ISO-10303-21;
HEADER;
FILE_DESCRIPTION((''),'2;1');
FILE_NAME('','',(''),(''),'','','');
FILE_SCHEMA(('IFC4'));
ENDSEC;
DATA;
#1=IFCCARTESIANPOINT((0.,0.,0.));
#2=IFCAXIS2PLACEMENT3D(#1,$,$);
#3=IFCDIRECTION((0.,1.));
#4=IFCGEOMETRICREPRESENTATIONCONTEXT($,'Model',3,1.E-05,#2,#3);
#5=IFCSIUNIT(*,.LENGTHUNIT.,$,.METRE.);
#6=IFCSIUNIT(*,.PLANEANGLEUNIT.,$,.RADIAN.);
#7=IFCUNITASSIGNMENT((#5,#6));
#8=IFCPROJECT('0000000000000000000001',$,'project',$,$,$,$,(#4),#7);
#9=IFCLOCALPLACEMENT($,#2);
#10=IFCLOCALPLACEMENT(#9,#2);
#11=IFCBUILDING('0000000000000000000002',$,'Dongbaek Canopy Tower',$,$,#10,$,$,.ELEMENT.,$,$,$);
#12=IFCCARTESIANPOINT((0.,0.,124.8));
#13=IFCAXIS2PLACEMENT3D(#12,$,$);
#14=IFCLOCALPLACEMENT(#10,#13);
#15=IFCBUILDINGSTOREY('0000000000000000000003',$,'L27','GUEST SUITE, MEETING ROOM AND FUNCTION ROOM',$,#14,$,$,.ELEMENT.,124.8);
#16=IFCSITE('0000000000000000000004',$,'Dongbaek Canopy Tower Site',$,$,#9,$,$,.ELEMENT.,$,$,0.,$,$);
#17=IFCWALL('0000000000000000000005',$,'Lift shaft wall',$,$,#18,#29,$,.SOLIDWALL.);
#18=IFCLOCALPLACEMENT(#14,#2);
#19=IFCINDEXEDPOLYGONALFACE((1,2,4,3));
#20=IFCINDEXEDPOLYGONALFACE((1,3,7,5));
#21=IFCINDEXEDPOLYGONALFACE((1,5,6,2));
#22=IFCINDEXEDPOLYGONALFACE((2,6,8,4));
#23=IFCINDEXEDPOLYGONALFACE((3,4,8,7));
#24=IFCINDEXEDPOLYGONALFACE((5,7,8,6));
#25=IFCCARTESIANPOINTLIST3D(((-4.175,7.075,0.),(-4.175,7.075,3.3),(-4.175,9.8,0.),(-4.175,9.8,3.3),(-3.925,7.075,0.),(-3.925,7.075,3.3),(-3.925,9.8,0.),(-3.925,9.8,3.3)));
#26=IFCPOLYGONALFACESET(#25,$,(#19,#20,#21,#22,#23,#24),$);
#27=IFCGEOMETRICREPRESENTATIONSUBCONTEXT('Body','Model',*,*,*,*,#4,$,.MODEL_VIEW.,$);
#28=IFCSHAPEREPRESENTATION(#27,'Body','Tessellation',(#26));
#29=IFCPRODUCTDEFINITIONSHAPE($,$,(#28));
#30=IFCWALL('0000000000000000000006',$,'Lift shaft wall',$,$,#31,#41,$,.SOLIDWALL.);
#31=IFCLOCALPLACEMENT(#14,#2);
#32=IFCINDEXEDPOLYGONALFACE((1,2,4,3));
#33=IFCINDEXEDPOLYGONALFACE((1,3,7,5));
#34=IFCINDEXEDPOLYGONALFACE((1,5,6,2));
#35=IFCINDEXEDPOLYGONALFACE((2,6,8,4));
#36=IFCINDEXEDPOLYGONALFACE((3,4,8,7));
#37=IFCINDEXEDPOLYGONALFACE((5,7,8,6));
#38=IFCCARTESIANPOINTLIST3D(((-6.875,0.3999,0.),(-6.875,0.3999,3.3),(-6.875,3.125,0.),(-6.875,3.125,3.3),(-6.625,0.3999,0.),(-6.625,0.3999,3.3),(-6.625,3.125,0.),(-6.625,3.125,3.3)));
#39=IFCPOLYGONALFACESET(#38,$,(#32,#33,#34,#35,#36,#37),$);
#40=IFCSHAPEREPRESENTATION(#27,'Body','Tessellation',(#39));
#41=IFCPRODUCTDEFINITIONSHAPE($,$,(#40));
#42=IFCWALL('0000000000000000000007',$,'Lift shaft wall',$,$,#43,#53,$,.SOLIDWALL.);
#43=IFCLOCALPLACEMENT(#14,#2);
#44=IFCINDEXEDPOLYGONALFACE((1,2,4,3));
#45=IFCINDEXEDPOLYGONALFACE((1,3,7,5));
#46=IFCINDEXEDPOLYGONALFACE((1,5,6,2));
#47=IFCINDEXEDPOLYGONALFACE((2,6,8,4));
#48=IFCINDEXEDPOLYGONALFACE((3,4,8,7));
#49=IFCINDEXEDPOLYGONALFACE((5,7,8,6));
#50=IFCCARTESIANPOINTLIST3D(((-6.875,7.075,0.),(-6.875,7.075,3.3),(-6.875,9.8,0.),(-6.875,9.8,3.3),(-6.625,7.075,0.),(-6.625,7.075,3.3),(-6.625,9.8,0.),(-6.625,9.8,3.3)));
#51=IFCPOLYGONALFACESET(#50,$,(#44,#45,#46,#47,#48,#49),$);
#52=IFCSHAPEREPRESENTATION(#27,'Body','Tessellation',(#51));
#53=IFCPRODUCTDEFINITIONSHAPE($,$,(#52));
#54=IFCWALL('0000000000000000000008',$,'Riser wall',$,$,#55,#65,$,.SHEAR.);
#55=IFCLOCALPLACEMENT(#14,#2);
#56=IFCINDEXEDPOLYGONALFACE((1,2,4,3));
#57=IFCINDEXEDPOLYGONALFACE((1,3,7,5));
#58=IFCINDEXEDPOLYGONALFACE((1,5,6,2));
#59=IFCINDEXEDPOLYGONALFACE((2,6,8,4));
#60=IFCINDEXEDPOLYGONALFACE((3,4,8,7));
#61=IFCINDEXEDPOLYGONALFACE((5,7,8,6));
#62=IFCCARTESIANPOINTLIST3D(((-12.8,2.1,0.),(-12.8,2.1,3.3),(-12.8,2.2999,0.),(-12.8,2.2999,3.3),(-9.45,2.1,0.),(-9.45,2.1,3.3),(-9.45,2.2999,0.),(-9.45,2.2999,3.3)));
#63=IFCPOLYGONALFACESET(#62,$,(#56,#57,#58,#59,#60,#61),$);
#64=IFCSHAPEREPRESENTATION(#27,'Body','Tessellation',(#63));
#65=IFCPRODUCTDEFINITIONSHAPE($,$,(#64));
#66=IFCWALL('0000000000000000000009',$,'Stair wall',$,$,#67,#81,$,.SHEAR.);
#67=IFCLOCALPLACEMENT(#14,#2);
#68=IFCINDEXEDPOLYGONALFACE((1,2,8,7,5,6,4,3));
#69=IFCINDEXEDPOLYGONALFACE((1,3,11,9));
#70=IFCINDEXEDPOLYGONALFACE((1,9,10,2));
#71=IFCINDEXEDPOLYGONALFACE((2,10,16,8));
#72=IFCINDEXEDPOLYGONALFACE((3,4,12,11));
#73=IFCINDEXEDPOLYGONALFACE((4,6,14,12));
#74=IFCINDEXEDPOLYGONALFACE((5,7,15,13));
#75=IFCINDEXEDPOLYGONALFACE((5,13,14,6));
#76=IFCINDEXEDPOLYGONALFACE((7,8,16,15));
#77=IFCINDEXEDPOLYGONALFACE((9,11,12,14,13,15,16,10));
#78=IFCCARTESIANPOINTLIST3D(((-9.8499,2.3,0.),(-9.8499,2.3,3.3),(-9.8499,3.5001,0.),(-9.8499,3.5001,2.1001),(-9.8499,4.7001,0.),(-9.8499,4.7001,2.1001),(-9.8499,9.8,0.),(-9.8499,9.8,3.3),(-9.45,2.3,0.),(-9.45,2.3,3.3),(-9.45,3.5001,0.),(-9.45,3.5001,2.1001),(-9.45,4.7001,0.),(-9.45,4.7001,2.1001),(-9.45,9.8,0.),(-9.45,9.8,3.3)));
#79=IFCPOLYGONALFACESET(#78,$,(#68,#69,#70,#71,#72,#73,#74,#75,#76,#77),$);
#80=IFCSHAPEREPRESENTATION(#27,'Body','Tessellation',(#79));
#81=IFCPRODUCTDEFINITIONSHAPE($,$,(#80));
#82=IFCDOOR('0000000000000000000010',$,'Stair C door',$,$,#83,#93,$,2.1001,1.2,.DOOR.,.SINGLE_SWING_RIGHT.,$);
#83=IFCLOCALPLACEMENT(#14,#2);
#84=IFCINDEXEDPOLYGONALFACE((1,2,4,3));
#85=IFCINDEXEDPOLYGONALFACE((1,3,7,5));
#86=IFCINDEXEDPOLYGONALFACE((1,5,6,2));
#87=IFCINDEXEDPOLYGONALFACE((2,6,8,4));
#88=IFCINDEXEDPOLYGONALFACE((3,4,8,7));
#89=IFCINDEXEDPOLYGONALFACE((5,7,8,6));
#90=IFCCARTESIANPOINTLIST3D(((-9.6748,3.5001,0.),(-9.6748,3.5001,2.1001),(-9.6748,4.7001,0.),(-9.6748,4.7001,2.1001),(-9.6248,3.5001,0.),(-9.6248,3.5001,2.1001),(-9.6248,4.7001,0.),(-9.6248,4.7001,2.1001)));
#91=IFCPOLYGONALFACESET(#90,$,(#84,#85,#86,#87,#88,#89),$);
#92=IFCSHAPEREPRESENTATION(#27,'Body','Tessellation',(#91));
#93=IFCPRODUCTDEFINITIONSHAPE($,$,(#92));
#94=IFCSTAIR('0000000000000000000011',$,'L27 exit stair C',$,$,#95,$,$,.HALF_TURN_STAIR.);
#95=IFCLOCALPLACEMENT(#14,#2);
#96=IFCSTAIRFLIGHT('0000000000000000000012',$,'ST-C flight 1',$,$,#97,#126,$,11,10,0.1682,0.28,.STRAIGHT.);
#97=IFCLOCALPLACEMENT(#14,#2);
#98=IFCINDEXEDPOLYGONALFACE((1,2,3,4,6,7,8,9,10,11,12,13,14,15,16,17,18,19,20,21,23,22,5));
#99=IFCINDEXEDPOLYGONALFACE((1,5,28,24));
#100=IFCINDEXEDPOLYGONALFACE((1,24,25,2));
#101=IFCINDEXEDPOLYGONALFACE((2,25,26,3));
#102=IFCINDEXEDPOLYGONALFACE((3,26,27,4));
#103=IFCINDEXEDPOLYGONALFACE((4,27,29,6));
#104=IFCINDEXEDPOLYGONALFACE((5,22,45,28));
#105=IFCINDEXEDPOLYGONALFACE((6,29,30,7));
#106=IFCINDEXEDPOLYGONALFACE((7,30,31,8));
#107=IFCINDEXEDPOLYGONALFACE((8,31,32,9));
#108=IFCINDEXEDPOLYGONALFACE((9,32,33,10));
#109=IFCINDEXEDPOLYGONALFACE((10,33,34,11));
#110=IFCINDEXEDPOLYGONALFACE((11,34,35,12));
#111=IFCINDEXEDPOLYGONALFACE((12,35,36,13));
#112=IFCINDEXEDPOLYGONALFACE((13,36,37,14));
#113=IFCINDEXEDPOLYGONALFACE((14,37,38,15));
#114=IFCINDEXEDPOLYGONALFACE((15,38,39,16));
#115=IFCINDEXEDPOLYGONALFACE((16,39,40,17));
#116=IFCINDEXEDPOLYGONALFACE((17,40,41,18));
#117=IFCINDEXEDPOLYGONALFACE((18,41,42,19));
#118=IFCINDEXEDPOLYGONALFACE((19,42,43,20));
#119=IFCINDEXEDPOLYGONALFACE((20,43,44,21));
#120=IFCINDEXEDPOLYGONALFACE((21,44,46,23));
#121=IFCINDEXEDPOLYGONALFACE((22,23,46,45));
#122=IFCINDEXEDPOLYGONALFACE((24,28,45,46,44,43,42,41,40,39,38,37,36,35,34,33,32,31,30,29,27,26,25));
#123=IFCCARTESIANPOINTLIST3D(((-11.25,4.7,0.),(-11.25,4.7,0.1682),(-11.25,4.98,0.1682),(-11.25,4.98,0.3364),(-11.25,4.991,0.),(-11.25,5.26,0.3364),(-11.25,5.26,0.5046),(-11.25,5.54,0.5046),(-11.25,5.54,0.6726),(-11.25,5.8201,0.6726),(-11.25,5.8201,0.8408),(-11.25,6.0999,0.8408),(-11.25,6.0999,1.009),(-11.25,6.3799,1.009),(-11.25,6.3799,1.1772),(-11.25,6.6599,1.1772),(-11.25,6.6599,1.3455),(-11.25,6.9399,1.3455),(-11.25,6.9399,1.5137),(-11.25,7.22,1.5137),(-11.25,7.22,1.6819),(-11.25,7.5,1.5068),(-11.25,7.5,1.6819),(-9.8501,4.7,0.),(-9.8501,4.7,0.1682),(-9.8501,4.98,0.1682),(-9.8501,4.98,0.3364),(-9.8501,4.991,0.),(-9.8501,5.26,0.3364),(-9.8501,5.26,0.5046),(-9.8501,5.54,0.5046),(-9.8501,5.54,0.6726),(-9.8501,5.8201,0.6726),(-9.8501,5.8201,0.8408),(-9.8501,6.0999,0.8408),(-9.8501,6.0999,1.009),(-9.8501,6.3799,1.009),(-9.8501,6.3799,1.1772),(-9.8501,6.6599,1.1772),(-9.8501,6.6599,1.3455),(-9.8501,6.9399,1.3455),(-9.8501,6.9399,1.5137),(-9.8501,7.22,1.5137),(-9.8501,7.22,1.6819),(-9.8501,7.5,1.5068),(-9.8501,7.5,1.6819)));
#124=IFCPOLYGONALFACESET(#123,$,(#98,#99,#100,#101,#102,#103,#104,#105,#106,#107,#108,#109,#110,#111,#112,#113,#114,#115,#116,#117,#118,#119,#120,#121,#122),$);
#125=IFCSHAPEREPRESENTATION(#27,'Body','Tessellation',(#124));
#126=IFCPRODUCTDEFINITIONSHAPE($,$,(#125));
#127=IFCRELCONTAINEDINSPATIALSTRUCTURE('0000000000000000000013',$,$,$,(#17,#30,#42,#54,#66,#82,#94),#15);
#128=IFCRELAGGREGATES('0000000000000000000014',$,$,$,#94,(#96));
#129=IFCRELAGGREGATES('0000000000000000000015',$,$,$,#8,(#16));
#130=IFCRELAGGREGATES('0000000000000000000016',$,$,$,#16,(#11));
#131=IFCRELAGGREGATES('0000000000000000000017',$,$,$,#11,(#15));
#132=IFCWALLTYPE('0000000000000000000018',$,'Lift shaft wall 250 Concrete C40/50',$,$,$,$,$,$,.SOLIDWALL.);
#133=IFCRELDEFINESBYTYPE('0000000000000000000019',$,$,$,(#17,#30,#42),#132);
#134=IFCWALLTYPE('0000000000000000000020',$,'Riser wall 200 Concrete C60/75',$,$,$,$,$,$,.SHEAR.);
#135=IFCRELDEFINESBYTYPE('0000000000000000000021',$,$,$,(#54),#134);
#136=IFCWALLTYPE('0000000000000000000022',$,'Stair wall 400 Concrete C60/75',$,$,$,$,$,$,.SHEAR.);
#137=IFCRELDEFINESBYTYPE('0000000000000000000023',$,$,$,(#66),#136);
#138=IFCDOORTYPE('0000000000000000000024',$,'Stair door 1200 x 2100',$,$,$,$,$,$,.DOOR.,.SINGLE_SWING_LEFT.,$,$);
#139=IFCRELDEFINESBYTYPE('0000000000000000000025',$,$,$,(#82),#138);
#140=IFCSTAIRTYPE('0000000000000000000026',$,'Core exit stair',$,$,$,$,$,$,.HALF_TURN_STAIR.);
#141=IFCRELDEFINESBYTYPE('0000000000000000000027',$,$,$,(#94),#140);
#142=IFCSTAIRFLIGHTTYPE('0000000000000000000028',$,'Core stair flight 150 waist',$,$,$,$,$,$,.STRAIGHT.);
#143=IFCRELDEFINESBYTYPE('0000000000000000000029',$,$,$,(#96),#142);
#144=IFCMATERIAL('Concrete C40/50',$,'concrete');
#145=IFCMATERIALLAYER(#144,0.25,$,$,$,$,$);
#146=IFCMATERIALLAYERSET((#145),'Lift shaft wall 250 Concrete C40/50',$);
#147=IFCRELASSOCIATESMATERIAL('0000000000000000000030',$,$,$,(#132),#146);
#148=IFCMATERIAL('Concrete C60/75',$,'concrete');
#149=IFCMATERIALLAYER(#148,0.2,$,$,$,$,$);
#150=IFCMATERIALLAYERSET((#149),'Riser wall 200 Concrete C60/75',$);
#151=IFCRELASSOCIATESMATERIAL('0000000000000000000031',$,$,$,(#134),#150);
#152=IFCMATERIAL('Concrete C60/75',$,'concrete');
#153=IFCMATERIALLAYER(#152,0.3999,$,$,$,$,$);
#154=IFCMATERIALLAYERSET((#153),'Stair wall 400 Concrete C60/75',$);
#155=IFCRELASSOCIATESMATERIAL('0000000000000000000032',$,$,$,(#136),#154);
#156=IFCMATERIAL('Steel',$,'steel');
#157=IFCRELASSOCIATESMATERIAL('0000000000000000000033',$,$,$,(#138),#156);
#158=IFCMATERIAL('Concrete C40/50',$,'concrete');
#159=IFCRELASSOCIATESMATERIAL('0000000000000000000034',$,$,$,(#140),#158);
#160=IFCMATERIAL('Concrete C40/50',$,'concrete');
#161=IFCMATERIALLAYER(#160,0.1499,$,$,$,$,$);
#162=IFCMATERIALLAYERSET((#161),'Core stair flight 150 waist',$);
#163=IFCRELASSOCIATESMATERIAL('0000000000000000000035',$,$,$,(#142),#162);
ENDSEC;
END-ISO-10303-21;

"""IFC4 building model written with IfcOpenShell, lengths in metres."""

from ifc_helpers import new_model, si_unit, direction, frame, frame_2d, origin, place, context, subcontext, project, spatial, polyline, rectangle, outline, extrude, material, layer, layer_set, type_object, element, fill, aggregate, save


model = new_model("IFC4")

# Units and contexts
model_context = context("Model", 3, precision=1e-05, world=origin(), true_north=direction((0.0, 1.0)))
body_context = subcontext(model_context, "Body", "Model", "MODEL_VIEW")
ifc_project = project(units=[si_unit("LENGTHUNIT", "METRE"), si_unit("PLANEANGLEUNIT", "RADIAN")], contexts=[model_context])

# Site, building, storey
site_placement = place(None, origin())
site = spatial("IfcSite", under=ifc_project, at=site_placement, Name="Dongbaek Canopy Tower Site", CompositionType="ELEMENT", RefElevation=0.0)
building_placement = place(site_placement, origin())
building = spatial("IfcBuilding", under=site, at=building_placement, Name="Dongbaek Canopy Tower", CompositionType="ELEMENT")
storey_placement = place(building_placement, frame((0.0, 0.0, 124.8)))
storey = spatial("IfcBuildingStorey", under=building, at=storey_placement, Name="L27", Description="GUEST SUITE, MEETING ROOM AND FUNCTION ROOM", CompositionType="ELEMENT", Elevation=124.8)

# Walls
ifc_material_1 = material(Name="Concrete C40/50", Category="concrete")
ifc_layer_1 = layer(ifc_material_1, 0.25)
ifc_layer_set_1 = layer_set([ifc_layer_1], Name="Lift shaft wall 250 Concrete C40/50")
wall_type_1 = type_object("IfcWallType", Name="Lift shaft wall 250 Concrete C40/50", PredefinedType="SOLIDWALL", material=ifc_layer_set_1)
for number, where, z_axis, x_axis, name in (
    (1, (-4.05, 7.075, 0.0), (0.0, 0.0, 1.0), (0.0, 1.0, 0.0), "Lift shaft wall"),
    (2, (-6.75, 0.3999, 0.0), (0.0, 0.0, 1.0), (0.0, 1.0, 0.0), "Lift shaft wall"),
    (3, (-6.75, 7.075, 0.0), (0.0, 0.0, 1.0), (0.0, 1.0, 0.0), "Lift shaft wall"),
):
    element("IfcWall", number, at=place(storey_placement, frame(where, z_axis=z_axis, x_axis=x_axis)), inside=storey, type_object=wall_type_1, Name=name, PredefinedType="SOLIDWALL", context=body_context, shape_type="SweptSolid", body=[
        extrude(rectangle(XDim=2.7251, YDim=0.25, at=frame_2d((1.3625, 0.0))), origin(), (0.0, 0.0, 1.0), 3.3),
    ])
ifc_material_2 = material(Name="Concrete C60/75", Category="concrete")
ifc_layer_2 = layer(ifc_material_2, 0.2)
ifc_layer_set_2 = layer_set([ifc_layer_2], Name="Riser wall 200 Concrete C60/75")
wall_type_2 = type_object("IfcWallType", Name="Riser wall 200 Concrete C60/75", PredefinedType="SHEAR", material=ifc_layer_set_2)
wall_1_placement = place(storey_placement, frame((-9.45, 2.2, 0.0), z_axis=(0.0, 0.0, 1.0), x_axis=(-1.0, 0.0, 0.0)))
element("IfcWall", 4, at=wall_1_placement, inside=storey, type_object=wall_type_2, Name="Riser wall", PredefinedType="SHEAR", context=body_context, shape_type="SweptSolid", body=[
    extrude(rectangle(XDim=3.3501, YDim=0.2, at=frame_2d((1.675, 0.0))), origin(), (0.0, 0.0, 1.0), 3.3),
])

# Wall, opening, door
ifc_material_3 = material(Name="Concrete C60/75", Category="concrete")
ifc_layer_3 = layer(ifc_material_3, 0.3999)
ifc_layer_set_3 = layer_set([ifc_layer_3], Name="Stair wall 400 Concrete C60/75")
wall_type_3 = type_object("IfcWallType", Name="Stair wall 400 Concrete C60/75", PredefinedType="SHEAR", material=ifc_layer_set_3)
wall_2_placement = place(storey_placement, frame((-9.6499, 2.3, 0.0), z_axis=(0.0, 0.0, 1.0), x_axis=(0.0, 1.0, 0.0)))
wall_2 = element("IfcWall", 5, at=wall_2_placement, inside=storey, type_object=wall_type_3, Name="Stair wall", PredefinedType="SHEAR", context=body_context, shape_type="SweptSolid", body=[
    extrude(rectangle(XDim=7.5, YDim=0.3999, at=frame_2d((3.75, 0.0))), origin(), (0.0, 0.0, 1.0), 3.3),
])
opening_1_placement = place(wall_2_placement, frame((1.2, 0.0, 0.0)))
opening_1 = element("IfcOpeningElement", 6, at=opening_1_placement, cuts=wall_2, PredefinedType="OPENING", context=body_context, shape_type="SweptSolid", body=[
    extrude(rectangle(XDim=1.2, YDim=2.1001, at=frame_2d((0.6001, 1.05))), frame((0.0, 0.21, 0.0), z_axis=(0.0, -1.0, 0.0), x_axis=(1.0, 0.0, 0.0)), (0.0, 0.0, 1.0), 0.4199),
])
ifc_material_4 = material(Name="Steel", Category="steel")
door_type_1 = type_object("IfcDoorType", Name="Stair door 1200 x 2100", OperationType="SINGLE_SWING_LEFT", PredefinedType="DOOR", material=ifc_material_4)
door_1_placement = place(opening_1_placement, origin())
door_1 = element("IfcDoor", 7, at=door_1_placement, inside=storey, type_object=door_type_1, Name="Stair C door", OperationType="SINGLE_SWING_RIGHT", OverallHeight=2.1001, OverallWidth=1.2, PredefinedType="DOOR", context=body_context, shape_type="SweptSolid", body=[
    extrude(rectangle(XDim=1.2, YDim=2.1001, at=frame_2d((0.6001, 1.05))), frame((0.0, 0.0249, 0.0), z_axis=(0.0, -1.0, 0.0), x_axis=(1.0, 0.0, 0.0)), (0.0, 0.0, 1.0), 0.05),
])
fill(opening_1, door_1)

# Stair, stair flight
ifc_material_5 = material(Name="Concrete C40/50", Category="concrete")
stair_type = type_object("IfcStairType", Name="Core exit stair", PredefinedType="HALF_TURN_STAIR", material=ifc_material_5)
stair_placement = place(storey_placement, origin())
stair = element("IfcStair", 8, at=stair_placement, inside=storey, type_object=stair_type, Name="L27 exit stair C", PredefinedType="HALF_TURN_STAIR")
ifc_material_6 = material(Name="Concrete C40/50", Category="concrete")
ifc_layer_4 = layer(ifc_material_6, 0.1499)
ifc_layer_set_4 = layer_set([ifc_layer_4], Name="Core stair flight 150 waist")
stair_flight_type = type_object("IfcStairFlightType", Name="Core stair flight 150 waist", PredefinedType="STRAIGHT", material=ifc_layer_set_4)
stair_flight_placement = place(storey_placement, frame((-10.55, 4.7, 0.0), z_axis=(0.0, 0.0, 1.0), x_axis=(0.0, 1.0, 0.0)))
stair_flight = element("IfcStairFlight", 9, at=stair_flight_placement, type_object=stair_flight_type, Name="ST-C flight 1", NumberOfRisers=11, NumberOfTreads=10, PredefinedType="STRAIGHT", RiserHeight=0.1682, TreadLength=0.28, context=body_context, shape_type="SweptSolid", body=[
    extrude(outline(polyline([(0.0, 0.0), (0.0, 0.1682), (0.28, 0.1682), (0.28, 0.3364), (0.5601, 0.3364), (0.5601, 0.5046), (0.8401, 0.5046), (0.8401, 0.6726), (1.1201, 0.6726), (1.1201, 0.8408), (1.3999, 0.8408), (1.3999, 1.009), (1.6799, 1.009), (1.6799, 1.1772), (1.96, 1.1772), (1.96, 1.3455), (2.24, 1.3455), (2.24, 1.5137), (2.52, 1.5137), (2.52, 1.6819), (2.8, 1.6819), (2.8, 1.8501), (2.8, 1.5068), (0.291, 0.0), (0.0, 0.0)])), frame((0.0, 0.7, 0.0), z_axis=(0.0, -1.0, 0.0), x_axis=(1.0, 0.0, 0.0)), (0.0, 0.0, 1.0), 1.3999),
])
aggregate(stair, [stair_flight])

save(model, "model.ifc")
